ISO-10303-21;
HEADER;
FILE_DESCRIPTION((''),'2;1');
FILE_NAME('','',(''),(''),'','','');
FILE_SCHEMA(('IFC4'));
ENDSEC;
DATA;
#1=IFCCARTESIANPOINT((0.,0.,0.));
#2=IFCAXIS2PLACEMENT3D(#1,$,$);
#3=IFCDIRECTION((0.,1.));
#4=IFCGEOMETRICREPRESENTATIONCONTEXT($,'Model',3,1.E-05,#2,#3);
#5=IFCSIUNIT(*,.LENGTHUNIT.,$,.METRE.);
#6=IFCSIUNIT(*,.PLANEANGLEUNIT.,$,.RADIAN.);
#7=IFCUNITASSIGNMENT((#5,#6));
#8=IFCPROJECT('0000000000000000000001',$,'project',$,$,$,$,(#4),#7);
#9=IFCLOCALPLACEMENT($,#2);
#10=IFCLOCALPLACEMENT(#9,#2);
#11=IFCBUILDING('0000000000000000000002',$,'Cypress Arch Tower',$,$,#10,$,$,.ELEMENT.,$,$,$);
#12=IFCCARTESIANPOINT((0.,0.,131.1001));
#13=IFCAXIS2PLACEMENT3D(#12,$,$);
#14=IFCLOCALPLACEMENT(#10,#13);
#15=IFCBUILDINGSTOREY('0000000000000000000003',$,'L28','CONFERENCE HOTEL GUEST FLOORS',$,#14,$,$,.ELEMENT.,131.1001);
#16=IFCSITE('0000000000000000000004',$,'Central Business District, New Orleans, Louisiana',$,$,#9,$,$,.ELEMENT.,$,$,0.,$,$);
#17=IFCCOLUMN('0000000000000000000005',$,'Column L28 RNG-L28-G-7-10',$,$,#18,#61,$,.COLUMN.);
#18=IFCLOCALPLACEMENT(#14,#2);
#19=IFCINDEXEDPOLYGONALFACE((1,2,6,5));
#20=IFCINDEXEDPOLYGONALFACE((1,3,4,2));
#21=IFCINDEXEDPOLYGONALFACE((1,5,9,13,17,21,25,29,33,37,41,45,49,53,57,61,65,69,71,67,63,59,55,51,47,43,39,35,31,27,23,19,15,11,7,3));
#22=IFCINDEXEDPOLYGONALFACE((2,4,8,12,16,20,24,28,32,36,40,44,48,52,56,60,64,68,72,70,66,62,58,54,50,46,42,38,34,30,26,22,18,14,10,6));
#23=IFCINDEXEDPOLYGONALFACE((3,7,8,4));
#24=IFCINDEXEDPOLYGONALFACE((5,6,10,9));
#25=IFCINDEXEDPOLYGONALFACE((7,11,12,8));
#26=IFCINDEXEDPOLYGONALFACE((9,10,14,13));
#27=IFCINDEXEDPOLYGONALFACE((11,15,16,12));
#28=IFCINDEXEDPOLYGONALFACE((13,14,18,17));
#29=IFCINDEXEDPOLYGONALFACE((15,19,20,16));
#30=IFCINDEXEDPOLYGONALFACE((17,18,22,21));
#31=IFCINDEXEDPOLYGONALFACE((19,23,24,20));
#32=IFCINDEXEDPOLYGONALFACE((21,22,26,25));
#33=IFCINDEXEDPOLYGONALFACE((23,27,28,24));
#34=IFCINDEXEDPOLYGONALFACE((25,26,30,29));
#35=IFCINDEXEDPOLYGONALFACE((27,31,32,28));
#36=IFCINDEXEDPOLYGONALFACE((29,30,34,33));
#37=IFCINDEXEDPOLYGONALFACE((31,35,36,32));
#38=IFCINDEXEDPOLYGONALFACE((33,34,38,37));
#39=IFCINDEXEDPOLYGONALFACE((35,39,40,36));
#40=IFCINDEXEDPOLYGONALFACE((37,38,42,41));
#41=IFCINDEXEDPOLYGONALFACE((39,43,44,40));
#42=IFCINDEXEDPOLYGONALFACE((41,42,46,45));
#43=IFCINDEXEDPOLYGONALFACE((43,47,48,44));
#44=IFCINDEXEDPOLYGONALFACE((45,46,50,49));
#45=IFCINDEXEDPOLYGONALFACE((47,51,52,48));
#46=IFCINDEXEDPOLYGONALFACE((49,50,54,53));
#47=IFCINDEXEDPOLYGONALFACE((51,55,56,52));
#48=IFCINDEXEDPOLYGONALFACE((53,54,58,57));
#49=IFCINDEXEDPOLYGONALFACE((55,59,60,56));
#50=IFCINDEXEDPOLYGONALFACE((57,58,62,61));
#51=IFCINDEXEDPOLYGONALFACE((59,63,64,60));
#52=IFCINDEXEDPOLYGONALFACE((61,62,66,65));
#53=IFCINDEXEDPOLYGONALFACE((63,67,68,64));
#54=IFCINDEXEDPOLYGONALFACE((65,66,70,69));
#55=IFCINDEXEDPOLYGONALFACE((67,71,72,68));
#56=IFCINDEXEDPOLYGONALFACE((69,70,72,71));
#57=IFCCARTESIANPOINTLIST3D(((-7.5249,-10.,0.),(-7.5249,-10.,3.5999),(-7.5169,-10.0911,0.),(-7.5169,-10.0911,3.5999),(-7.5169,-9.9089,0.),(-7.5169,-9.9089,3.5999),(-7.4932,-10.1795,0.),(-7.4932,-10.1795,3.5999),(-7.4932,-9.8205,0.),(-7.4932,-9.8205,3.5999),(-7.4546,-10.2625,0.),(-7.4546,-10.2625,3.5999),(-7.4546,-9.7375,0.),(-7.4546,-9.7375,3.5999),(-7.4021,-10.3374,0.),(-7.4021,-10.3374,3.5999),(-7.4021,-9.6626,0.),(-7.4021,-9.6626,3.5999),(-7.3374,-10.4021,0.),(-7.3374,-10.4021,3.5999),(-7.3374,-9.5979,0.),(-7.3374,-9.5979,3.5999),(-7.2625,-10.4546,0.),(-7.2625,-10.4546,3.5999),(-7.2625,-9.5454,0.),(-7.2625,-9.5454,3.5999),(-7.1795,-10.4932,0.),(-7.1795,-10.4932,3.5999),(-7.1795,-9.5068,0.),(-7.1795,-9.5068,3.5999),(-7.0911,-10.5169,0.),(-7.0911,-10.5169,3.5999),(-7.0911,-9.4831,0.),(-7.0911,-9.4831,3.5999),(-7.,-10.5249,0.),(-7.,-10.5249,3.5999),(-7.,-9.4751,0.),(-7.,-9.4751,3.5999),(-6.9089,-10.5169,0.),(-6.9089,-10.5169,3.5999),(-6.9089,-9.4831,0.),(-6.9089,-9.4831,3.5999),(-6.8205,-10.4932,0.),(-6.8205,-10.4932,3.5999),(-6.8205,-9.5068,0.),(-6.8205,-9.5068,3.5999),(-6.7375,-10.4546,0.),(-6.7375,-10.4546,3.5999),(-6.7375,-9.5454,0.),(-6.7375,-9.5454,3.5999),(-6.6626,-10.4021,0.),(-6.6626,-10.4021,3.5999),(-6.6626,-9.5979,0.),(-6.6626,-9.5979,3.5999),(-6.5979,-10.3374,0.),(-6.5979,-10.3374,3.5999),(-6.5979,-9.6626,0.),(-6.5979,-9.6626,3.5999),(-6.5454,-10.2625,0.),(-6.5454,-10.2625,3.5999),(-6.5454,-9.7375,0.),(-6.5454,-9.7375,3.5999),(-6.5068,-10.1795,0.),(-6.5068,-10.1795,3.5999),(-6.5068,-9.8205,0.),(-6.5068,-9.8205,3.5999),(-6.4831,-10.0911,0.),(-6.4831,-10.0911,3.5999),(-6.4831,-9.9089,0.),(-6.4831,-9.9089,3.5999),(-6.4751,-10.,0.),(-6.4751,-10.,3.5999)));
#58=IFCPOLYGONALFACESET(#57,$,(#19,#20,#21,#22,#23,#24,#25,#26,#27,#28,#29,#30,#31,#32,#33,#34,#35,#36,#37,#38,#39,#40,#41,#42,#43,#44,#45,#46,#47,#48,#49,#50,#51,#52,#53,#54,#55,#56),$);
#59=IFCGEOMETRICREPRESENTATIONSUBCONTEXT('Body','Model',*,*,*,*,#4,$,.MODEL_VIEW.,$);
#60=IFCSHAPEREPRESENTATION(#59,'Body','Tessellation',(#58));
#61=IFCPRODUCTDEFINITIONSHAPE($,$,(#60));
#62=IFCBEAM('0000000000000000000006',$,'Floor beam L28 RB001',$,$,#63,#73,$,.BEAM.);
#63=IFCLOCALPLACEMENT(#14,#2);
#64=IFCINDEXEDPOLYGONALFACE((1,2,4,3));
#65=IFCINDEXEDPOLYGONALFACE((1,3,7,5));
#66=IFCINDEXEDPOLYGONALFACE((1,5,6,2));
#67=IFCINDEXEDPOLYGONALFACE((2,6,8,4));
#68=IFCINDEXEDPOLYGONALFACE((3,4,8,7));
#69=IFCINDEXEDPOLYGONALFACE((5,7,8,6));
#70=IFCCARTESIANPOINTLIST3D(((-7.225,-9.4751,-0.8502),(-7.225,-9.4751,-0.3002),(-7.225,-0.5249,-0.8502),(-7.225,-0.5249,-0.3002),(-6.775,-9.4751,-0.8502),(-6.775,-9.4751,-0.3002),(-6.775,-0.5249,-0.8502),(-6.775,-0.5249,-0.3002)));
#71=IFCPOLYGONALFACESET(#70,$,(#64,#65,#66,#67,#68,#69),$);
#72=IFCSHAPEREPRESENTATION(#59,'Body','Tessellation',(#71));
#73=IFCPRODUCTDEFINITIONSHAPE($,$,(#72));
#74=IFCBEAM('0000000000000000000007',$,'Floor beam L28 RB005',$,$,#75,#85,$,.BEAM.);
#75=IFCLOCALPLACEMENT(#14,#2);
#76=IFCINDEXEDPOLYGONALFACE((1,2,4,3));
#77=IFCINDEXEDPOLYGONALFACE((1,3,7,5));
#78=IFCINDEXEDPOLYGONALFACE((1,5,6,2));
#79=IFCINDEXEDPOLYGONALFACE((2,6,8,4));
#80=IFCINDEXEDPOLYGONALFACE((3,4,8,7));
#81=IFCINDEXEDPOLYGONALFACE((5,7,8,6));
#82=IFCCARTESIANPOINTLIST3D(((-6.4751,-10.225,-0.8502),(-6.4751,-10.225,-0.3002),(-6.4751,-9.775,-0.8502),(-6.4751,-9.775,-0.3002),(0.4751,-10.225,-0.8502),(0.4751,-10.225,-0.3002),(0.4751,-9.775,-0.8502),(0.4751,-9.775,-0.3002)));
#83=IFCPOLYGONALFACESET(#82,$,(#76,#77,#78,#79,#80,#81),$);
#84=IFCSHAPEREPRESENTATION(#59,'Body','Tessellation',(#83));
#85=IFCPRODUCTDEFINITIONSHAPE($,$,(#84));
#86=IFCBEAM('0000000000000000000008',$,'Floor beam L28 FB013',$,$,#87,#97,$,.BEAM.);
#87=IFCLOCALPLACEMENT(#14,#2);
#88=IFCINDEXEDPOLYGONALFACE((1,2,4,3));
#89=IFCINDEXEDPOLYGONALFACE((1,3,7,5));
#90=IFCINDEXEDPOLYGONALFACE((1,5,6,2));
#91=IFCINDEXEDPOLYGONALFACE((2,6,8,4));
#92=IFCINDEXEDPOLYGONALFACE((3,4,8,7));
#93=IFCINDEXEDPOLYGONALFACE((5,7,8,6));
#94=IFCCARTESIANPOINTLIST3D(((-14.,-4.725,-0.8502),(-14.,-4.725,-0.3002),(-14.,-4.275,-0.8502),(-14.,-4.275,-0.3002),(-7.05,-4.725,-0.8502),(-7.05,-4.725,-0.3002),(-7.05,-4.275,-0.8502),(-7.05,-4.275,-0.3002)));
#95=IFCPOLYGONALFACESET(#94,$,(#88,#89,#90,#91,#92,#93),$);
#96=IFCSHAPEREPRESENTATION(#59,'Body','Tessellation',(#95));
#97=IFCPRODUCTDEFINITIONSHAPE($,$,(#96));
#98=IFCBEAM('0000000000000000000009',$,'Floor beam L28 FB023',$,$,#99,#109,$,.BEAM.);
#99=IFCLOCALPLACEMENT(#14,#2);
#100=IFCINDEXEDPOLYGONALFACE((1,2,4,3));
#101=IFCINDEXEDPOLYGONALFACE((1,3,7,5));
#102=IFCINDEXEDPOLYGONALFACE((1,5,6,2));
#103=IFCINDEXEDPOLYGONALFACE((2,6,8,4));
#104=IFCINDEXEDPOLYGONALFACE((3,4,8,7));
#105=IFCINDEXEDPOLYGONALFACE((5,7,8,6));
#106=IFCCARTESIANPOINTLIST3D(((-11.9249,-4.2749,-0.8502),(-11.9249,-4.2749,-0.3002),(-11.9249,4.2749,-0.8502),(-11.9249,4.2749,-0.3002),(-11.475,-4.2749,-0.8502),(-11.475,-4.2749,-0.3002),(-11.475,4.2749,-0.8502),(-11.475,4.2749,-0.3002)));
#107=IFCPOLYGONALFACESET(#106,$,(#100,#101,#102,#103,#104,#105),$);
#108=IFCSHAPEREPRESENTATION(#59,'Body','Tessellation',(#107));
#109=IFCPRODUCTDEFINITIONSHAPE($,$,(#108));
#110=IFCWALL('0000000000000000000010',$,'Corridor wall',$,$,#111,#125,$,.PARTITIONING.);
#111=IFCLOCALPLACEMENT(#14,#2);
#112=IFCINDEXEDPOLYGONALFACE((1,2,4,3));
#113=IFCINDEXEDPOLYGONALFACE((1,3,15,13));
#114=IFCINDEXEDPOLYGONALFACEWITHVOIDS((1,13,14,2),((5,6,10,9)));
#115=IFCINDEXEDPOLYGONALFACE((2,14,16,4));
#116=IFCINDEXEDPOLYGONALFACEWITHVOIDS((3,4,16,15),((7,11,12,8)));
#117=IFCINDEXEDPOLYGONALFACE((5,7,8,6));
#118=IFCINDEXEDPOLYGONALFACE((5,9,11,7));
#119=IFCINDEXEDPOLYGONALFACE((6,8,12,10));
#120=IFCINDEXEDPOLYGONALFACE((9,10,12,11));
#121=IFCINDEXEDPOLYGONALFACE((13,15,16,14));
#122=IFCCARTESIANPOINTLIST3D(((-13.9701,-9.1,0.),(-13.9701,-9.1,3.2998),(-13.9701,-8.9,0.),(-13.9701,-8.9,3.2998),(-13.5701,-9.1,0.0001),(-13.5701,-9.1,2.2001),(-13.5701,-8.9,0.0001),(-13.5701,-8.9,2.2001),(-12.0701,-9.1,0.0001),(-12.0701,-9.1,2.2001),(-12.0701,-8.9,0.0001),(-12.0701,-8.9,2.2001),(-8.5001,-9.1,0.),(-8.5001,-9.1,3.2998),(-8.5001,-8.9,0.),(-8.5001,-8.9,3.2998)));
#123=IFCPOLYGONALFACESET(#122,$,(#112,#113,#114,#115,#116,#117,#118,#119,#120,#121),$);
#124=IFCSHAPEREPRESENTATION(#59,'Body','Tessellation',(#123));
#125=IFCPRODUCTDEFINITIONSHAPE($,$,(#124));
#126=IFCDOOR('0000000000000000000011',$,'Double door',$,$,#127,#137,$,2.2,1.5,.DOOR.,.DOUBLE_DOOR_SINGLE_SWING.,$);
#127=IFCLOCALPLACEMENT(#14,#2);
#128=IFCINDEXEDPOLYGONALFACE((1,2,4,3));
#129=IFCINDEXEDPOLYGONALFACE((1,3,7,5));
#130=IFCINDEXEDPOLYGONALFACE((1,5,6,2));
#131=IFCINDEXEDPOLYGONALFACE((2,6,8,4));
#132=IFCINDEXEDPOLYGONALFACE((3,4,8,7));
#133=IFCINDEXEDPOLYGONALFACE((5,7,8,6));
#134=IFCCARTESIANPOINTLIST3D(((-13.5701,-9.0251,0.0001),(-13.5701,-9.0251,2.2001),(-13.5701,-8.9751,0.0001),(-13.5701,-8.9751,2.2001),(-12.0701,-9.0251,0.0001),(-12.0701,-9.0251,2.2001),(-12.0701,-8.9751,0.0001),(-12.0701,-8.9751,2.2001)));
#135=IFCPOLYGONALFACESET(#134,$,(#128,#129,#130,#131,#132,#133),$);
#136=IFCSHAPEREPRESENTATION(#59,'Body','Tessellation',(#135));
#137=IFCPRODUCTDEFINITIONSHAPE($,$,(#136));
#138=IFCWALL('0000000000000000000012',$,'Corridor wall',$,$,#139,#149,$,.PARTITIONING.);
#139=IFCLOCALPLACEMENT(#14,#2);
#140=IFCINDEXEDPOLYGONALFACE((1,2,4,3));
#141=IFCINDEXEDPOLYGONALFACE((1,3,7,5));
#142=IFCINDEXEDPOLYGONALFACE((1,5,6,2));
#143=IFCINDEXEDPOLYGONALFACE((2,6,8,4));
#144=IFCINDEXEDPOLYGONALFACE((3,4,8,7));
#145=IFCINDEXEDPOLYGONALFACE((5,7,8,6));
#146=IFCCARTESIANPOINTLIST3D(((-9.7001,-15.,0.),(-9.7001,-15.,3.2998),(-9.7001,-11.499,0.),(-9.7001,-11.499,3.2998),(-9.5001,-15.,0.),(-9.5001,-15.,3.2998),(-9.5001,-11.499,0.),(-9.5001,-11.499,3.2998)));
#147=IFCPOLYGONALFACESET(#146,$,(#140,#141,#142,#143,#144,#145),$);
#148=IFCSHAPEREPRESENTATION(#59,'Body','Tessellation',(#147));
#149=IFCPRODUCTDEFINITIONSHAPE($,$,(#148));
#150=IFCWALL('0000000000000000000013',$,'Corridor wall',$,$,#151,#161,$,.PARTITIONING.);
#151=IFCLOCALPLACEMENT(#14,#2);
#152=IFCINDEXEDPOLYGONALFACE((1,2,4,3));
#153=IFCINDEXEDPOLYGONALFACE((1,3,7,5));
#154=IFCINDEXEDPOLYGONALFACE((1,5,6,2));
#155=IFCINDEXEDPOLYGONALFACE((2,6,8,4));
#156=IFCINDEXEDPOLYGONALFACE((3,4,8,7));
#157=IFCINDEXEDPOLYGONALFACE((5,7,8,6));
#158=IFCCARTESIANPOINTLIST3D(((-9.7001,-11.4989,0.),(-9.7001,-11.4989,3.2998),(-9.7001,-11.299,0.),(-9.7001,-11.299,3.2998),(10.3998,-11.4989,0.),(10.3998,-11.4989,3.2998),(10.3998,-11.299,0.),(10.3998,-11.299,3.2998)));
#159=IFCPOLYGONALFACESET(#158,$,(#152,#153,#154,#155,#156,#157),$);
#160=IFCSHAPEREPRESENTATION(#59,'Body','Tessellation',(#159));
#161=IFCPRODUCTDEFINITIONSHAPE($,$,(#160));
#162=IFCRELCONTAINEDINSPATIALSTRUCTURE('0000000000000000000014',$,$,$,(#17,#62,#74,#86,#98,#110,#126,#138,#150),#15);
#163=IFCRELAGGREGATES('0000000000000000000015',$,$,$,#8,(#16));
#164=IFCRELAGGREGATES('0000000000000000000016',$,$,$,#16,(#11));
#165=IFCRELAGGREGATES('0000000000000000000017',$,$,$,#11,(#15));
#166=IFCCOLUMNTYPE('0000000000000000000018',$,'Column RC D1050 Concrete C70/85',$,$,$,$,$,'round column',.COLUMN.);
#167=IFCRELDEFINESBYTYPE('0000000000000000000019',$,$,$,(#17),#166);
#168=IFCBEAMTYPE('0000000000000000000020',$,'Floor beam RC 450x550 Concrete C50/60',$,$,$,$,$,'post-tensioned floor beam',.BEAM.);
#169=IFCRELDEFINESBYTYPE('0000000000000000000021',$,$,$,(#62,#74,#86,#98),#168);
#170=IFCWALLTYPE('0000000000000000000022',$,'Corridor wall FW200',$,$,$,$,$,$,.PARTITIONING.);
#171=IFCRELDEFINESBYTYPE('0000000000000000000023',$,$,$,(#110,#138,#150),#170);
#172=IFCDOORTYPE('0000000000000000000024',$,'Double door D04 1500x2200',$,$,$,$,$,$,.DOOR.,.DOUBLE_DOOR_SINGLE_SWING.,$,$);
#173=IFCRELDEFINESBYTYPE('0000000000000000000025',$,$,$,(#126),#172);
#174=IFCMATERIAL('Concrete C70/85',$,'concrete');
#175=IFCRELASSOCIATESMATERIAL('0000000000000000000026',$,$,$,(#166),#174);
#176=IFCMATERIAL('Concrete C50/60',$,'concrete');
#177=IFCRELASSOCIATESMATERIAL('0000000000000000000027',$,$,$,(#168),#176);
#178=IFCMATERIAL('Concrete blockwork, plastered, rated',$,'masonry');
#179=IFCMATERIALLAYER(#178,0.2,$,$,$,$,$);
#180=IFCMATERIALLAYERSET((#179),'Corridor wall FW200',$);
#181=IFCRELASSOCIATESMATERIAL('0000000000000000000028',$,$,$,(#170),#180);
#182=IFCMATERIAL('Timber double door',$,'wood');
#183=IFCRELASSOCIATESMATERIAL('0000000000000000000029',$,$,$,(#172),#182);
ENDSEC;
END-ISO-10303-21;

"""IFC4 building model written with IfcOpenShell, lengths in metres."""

from ifc_helpers import new_model, si_unit, direction, frame, frame_2d, origin, origin_2d, place, context, subcontext, project, spatial, rectangle, circle, extrude, material, layer, layer_set, material_profile, profile_set, type_object, element, fill, save


model = new_model("IFC4")

# Units and contexts
model_context = context("Model", 3, precision=1e-05, world=origin(), true_north=direction((0.0, 1.0)))
body_context = subcontext(model_context, "Body", "Model", "MODEL_VIEW")
ifc_project = project(units=[si_unit("LENGTHUNIT", "METRE"), si_unit("PLANEANGLEUNIT", "RADIAN")], contexts=[model_context])

# Site, building, storey
site_placement = place(None, origin())
site = spatial("IfcSite", under=ifc_project, at=site_placement, Name="Central Business District, New Orleans, Louisiana", CompositionType="ELEMENT", RefElevation=0.0)
building_placement = place(site_placement, origin())
building = spatial("IfcBuilding", under=site, at=building_placement, Name="Cypress Arch Tower", CompositionType="ELEMENT")
storey_placement = place(building_placement, frame((0.0, 0.0, 131.1001)))
storey = spatial("IfcBuildingStorey", under=building, at=storey_placement, Name="L28", Description="CONFERENCE HOTEL GUEST FLOORS", CompositionType="ELEMENT", Elevation=131.1001)

# Column
ifc_material_1 = material(Name="Concrete C70/85", Category="concrete")
ifc_material_profile_1 = material_profile(ifc_material_1, circle(Radius=0.5249, at=origin_2d()), Name="RC D1050")
ifc_profile_set_1 = profile_set([ifc_material_profile_1], Name="Concrete C70/85")
column_type = type_object("IfcColumnType", Name="Column RC D1050 Concrete C70/85", ElementType="round column", PredefinedType="COLUMN", material=ifc_profile_set_1)
column_placement = place(storey_placement, frame((-7.0, -10.0, 0.0), z_axis=(0.0, 0.0, 1.0), x_axis=(1.0, 0.0, 0.0)))
element("IfcColumn", 1, at=column_placement, inside=storey, type_object=column_type, Name="Column L28 RNG-L28-G-7-10", PredefinedType="COLUMN", context=body_context, shape_type="SweptSolid", body=[
    extrude(circle(Radius=0.5249, at=origin_2d()), origin(), (0.0, 0.0, 1.0), 3.5999),
])

# Beams
ifc_material_2 = material(Name="Concrete C50/60", Category="concrete")
ifc_material_profile_2 = material_profile(ifc_material_2, rectangle(XDim=0.45, YDim=0.55, at=origin_2d()), Name="RC 450x550")
ifc_profile_set_2 = profile_set([ifc_material_profile_2], Name="Concrete C50/60")
beam_type = type_object("IfcBeamType", Name="Floor beam RC 450x550 Concrete C50/60", ElementType="post-tensioned floor beam", PredefinedType="BEAM", material=ifc_profile_set_2)
beam_1_placement = place(storey_placement, frame((-7.0, -9.4751, -0.5752), z_axis=(0.0, 1.0, 0.0), x_axis=(-1.0, 0.0, 0.0)))
element("IfcBeam", 2, at=beam_1_placement, inside=storey, type_object=beam_type, Name="Floor beam L28 RB001", PredefinedType="BEAM", context=body_context, shape_type="SweptSolid", body=[
    extrude(rectangle(XDim=0.45, YDim=0.55, at=origin_2d()), origin(), (0.0, 0.0, 1.0), 8.9502),
])
beam_2_placement = place(storey_placement, frame((-6.4751, -10.0, -0.5752), z_axis=(1.0, 0.0, 0.0), x_axis=(0.0, 1.0, 0.0)))
element("IfcBeam", 3, at=beam_2_placement, inside=storey, type_object=beam_type, Name="Floor beam L28 RB005", PredefinedType="BEAM", context=body_context, shape_type="SweptSolid", body=[
    extrude(rectangle(XDim=0.45, YDim=0.55, at=origin_2d()), origin(), (0.0, 0.0, 1.0), 6.9502),
])
beam_3_placement = place(storey_placement, frame((-14.0, -4.5, -0.5752), z_axis=(1.0, 0.0, 0.0), x_axis=(0.0, 1.0, 0.0)))
element("IfcBeam", 4, at=beam_3_placement, inside=storey, type_object=beam_type, Name="Floor beam L28 FB013", PredefinedType="BEAM", context=body_context, shape_type="SweptSolid", body=[
    extrude(rectangle(XDim=0.45, YDim=0.55, at=origin_2d()), origin(), (0.0, 0.0, 1.0), 6.95),
])
beam_4_placement = place(storey_placement, frame((-11.7, -4.2749, -0.5752), z_axis=(0.0, 1.0, 0.0), x_axis=(-1.0, 0.0, 0.0)))
element("IfcBeam", 5, at=beam_4_placement, inside=storey, type_object=beam_type, Name="Floor beam L28 FB023", PredefinedType="BEAM", context=body_context, shape_type="SweptSolid", body=[
    extrude(rectangle(XDim=0.45, YDim=0.55, at=origin_2d()), origin(), (0.0, 0.0, 1.0), 8.5498),
])

# Wall, opening, door
ifc_material_3 = material(Name="Concrete blockwork, plastered, rated", Category="masonry")
ifc_layer_1 = layer(ifc_material_3, 0.2)
ifc_layer_set_1 = layer_set([ifc_layer_1], Name="Corridor wall FW200")
wall_type_1 = type_object("IfcWallType", Name="Corridor wall FW200", PredefinedType="PARTITIONING", material=ifc_layer_set_1)
wall_1_placement = place(storey_placement, frame((-13.97, -9.0, 0.0), z_axis=(0.0, 0.0, 1.0), x_axis=(1.0, 0.0, 0.0)))
wall_1 = element("IfcWall", 6, at=wall_1_placement, inside=storey, type_object=wall_type_1, Name="Corridor wall", PredefinedType="PARTITIONING", context=body_context, shape_type="SweptSolid", body=[
    extrude(rectangle(XDim=5.47, YDim=0.2, at=frame_2d((2.7349, 0.0))), origin(), (0.0, 0.0, 1.0), 3.2998),
])
opening_1_placement = place(wall_1_placement, frame((0.3999, 0.0, 0.0)))
opening_1 = element("IfcOpeningElement", 7, at=opening_1_placement, cuts=wall_1, PredefinedType="OPENING", context=body_context, shape_type="SweptSolid", body=[
    extrude(rectangle(XDim=1.5, YDim=2.2, at=frame_2d((0.75, 1.1001))), frame((0.0, 0.1099, 0.0), z_axis=(0.0, -1.0, 0.0), x_axis=(1.0, 0.0, 0.0)), (0.0, 0.0, 1.0), 0.22),
])
ifc_material_4 = material(Name="Timber double door", Category="wood")
door_type_1 = type_object("IfcDoorType", Name="Double door D04 1500x2200", OperationType="DOUBLE_DOOR_SINGLE_SWING", PredefinedType="DOOR", material=ifc_material_4)
door_1_placement = place(opening_1_placement, origin())
door_1 = element("IfcDoor", 8, at=door_1_placement, inside=storey, type_object=door_type_1, Name="Double door", OperationType="DOUBLE_DOOR_SINGLE_SWING", OverallHeight=2.2, OverallWidth=1.5, PredefinedType="DOOR", context=body_context, shape_type="SweptSolid", body=[
    extrude(rectangle(XDim=1.5, YDim=2.2, at=frame_2d((0.75, 1.1001))), frame((0.0, 0.0249, 0.0), z_axis=(0.0, -1.0, 0.0), x_axis=(1.0, 0.0, 0.0)), (0.0, 0.0, 1.0), 0.05),
])
fill(opening_1, door_1)

# Walls
wall_2_placement = place(storey_placement, frame((-9.6001, -15.0, 0.0), z_axis=(0.0, 0.0, 1.0), x_axis=(0.0, 1.0, 0.0)))
element("IfcWall", 9, at=wall_2_placement, inside=storey, type_object=wall_type_1, Name="Corridor wall", PredefinedType="PARTITIONING", context=body_context, shape_type="SweptSolid", body=[
    extrude(rectangle(XDim=3.501, YDim=0.2, at=frame_2d((1.7505, 0.0))), origin(), (0.0, 0.0, 1.0), 3.2998),
])
wall_3_placement = place(storey_placement, frame((-9.7, -11.3989, 0.0), z_axis=(0.0, 0.0, 1.0), x_axis=(1.0, 0.0, 0.0)))
element("IfcWall", 10, at=wall_3_placement, inside=storey, type_object=wall_type_1, Name="Corridor wall", PredefinedType="PARTITIONING", context=body_context, shape_type="SweptSolid", body=[
    extrude(rectangle(XDim=20.0999, YDim=0.2, at=frame_2d((10.0498, 0.0))), origin(), (0.0, 0.0, 1.0), 3.2998),
])

save(model, "model.ifc")
